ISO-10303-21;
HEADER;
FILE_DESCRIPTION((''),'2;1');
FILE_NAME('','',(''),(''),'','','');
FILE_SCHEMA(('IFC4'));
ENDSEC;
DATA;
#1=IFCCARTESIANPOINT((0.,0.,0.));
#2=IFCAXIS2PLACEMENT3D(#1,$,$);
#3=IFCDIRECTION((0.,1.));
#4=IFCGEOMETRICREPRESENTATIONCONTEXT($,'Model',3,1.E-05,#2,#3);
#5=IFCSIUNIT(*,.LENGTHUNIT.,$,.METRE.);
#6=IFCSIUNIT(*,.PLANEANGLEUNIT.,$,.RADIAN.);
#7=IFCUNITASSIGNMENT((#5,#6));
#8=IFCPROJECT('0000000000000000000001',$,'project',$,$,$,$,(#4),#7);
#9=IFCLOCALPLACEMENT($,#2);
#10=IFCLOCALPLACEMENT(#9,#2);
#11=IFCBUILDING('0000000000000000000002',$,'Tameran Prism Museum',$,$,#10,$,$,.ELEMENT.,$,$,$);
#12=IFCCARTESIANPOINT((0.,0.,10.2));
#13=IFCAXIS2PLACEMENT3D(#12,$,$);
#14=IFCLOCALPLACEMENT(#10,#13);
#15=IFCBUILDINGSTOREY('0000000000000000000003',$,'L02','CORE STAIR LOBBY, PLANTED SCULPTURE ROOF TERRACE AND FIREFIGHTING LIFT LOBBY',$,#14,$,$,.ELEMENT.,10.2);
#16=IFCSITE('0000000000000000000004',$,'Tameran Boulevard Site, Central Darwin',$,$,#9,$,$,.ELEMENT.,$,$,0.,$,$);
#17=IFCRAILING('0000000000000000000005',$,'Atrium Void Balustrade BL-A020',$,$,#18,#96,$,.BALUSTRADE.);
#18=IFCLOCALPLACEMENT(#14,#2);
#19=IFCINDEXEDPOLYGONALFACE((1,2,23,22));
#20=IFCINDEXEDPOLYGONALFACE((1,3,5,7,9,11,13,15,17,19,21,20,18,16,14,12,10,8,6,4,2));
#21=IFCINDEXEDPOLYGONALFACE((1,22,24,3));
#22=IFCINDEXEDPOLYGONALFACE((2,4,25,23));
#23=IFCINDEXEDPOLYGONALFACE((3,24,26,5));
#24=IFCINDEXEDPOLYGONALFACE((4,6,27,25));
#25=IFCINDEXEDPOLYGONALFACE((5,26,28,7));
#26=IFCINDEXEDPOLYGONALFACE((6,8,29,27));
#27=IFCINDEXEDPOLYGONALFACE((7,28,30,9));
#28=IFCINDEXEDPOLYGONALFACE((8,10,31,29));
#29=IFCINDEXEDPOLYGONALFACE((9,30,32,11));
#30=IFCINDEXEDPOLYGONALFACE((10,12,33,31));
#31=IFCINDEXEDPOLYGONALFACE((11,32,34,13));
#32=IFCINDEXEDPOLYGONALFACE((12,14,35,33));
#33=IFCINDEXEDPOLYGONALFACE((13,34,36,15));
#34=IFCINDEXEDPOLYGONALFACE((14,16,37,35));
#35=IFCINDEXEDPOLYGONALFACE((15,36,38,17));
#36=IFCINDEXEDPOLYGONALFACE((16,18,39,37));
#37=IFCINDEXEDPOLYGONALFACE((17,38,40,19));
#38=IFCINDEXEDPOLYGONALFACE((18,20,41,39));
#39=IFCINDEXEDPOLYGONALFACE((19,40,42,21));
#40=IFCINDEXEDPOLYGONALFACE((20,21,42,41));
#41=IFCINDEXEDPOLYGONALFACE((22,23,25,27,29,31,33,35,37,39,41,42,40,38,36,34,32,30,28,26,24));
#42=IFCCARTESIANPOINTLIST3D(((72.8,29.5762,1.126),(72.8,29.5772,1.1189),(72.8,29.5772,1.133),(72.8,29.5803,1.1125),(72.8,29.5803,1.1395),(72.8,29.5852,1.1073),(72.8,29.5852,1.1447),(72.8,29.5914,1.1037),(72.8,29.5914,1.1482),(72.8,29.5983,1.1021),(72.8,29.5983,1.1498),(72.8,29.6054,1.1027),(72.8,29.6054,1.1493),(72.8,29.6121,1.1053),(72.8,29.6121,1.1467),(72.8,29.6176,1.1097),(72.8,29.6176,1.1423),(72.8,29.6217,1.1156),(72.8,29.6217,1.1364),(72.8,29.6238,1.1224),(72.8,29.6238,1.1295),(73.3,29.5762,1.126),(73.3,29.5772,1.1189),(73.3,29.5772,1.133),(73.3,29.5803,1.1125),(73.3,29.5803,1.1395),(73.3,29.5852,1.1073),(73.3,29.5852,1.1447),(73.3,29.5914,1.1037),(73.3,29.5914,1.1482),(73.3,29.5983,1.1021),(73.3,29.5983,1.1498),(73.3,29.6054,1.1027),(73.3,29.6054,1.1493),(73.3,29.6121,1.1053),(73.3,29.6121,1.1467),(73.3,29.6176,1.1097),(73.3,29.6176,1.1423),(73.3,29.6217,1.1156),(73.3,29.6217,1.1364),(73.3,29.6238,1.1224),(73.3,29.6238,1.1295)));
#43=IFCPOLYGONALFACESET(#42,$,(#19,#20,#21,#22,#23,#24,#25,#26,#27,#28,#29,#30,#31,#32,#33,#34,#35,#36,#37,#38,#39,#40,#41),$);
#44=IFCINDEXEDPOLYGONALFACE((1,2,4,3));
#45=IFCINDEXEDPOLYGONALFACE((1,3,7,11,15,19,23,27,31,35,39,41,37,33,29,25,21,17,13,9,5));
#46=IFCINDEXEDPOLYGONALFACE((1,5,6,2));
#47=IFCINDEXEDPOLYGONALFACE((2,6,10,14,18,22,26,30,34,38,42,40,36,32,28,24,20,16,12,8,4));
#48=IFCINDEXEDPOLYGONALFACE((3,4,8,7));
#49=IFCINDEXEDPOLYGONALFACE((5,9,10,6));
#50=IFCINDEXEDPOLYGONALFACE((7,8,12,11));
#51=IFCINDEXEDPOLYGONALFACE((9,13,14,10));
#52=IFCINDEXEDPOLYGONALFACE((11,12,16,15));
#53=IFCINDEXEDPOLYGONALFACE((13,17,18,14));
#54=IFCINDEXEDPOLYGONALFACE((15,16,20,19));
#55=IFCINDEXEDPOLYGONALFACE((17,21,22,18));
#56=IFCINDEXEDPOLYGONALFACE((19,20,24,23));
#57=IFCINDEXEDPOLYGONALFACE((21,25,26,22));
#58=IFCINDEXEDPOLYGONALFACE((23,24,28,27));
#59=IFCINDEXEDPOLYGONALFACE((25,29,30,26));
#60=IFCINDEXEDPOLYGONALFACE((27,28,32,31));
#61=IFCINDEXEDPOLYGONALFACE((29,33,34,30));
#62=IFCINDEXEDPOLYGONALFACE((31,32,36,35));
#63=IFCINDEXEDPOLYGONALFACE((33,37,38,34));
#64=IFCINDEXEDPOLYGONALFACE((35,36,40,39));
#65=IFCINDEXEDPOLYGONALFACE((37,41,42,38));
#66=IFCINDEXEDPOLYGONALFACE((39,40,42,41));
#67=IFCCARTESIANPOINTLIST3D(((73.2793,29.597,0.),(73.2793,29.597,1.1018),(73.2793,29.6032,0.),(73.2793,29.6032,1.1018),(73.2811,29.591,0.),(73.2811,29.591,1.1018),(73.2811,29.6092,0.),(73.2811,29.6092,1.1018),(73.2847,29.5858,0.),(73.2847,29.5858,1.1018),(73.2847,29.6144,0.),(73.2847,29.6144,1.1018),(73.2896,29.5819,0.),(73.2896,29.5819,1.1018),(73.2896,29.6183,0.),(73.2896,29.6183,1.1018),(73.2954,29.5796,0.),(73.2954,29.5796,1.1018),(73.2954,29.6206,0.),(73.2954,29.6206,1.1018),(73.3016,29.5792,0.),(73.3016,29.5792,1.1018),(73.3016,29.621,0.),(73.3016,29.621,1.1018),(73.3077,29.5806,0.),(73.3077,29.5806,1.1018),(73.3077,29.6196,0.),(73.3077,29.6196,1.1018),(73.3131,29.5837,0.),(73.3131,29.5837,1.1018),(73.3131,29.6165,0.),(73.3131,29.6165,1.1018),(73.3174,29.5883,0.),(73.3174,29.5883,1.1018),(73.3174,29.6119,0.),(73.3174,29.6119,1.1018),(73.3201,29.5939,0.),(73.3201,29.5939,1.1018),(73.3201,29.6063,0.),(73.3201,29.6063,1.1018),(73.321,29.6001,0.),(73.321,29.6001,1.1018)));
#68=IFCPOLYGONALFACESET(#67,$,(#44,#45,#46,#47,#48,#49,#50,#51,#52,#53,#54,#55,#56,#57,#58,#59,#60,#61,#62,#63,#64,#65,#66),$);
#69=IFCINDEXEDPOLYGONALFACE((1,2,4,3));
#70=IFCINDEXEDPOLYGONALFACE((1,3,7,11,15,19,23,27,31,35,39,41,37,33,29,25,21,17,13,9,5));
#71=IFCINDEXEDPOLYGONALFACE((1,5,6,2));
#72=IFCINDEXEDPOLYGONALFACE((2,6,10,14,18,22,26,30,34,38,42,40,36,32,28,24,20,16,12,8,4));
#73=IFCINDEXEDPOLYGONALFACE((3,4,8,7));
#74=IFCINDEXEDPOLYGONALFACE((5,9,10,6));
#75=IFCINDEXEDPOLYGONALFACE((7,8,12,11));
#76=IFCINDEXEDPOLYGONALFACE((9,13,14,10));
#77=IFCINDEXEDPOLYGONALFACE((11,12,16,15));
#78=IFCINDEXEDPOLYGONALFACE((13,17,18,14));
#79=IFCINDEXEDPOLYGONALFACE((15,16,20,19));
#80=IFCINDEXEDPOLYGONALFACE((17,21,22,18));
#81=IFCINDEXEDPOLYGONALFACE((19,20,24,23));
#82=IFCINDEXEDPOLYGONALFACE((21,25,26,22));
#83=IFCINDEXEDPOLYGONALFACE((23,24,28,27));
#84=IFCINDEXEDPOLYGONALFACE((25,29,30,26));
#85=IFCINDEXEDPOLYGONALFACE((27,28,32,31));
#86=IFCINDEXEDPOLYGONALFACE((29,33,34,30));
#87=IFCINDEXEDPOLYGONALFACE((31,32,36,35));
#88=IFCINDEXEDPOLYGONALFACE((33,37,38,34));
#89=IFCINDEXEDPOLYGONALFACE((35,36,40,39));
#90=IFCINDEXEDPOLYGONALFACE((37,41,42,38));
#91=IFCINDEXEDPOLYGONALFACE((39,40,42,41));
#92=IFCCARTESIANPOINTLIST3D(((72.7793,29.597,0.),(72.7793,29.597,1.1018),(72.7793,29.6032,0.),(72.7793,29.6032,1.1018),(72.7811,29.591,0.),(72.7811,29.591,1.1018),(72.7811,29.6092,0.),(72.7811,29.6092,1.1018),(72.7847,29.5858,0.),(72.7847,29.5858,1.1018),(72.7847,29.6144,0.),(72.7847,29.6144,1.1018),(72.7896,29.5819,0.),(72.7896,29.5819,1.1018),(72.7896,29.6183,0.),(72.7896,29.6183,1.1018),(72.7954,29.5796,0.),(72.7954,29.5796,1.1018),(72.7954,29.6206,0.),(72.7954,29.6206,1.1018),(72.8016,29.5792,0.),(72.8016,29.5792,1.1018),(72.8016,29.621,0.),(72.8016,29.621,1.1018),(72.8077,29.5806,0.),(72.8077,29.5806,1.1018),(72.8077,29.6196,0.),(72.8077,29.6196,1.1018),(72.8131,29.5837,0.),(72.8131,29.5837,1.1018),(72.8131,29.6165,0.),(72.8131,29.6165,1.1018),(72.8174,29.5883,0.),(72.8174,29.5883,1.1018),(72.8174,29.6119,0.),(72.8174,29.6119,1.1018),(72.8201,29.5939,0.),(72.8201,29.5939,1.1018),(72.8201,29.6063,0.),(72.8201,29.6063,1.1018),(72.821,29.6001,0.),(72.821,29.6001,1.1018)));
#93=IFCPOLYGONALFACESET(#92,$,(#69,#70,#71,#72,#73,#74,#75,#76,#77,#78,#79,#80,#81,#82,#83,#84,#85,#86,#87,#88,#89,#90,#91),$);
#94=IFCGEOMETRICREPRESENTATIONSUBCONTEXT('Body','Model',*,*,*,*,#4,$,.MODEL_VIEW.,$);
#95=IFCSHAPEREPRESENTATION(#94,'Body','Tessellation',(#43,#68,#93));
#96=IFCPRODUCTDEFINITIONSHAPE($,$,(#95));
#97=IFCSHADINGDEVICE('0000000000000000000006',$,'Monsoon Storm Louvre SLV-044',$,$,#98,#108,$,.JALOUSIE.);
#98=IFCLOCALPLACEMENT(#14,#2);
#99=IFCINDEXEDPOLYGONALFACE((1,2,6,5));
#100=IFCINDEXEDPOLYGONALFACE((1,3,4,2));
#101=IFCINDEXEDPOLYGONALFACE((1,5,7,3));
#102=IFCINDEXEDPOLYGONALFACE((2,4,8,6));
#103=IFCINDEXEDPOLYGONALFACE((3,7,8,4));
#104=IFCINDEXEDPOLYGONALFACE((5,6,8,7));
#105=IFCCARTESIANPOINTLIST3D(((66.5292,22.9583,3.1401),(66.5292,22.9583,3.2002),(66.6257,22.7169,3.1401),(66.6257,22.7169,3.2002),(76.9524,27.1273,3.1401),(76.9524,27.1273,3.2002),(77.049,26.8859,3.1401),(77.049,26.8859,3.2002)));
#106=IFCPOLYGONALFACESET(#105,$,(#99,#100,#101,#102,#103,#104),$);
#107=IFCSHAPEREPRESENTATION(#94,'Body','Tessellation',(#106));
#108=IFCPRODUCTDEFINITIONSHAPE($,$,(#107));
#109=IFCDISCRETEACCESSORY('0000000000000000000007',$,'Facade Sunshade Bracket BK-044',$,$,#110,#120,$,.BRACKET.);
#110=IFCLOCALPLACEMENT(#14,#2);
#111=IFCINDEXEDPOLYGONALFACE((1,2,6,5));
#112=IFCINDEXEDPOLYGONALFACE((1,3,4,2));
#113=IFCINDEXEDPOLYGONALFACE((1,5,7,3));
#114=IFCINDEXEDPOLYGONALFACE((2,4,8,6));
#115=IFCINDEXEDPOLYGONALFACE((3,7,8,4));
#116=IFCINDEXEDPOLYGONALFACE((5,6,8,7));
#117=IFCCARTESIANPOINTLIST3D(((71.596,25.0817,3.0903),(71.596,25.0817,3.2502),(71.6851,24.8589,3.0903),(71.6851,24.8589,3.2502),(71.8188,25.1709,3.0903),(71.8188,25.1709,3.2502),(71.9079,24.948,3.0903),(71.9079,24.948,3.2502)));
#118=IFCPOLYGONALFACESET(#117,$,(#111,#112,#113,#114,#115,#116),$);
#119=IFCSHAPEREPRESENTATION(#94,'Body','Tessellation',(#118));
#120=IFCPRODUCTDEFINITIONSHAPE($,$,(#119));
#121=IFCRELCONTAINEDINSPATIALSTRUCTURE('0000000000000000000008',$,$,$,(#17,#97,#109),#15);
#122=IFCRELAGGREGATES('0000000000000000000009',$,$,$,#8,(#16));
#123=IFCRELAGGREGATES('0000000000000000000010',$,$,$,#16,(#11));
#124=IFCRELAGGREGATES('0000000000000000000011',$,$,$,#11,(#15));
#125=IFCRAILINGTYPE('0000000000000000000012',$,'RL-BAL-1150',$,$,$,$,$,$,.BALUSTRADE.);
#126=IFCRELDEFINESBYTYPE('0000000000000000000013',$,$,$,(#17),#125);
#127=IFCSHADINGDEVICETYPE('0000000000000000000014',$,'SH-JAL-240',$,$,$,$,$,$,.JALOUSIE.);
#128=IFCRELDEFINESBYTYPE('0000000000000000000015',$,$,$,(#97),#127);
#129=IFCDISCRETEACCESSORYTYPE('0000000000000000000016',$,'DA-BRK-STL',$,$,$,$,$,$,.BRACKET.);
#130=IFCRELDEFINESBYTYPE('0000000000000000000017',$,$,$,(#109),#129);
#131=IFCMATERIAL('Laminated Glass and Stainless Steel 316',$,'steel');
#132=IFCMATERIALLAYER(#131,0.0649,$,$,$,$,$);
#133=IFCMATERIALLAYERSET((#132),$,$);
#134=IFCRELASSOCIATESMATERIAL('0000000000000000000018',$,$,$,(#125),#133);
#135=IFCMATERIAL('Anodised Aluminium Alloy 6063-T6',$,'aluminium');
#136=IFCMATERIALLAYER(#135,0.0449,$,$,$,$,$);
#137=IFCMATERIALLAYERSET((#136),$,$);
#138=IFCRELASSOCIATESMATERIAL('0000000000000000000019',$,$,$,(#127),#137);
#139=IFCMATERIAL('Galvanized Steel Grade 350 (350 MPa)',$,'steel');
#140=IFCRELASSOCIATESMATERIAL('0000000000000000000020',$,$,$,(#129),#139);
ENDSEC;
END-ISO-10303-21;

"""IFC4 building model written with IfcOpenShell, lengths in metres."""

from ifc_helpers import new_model, si_unit, direction, frame, origin, origin_2d, place, context, subcontext, project, spatial, rectangle, circle, extrude, material, layer, layer_set, type_object, element, save


model = new_model("IFC4")

# Units and contexts
model_context = context("Model", 3, precision=1e-05, world=origin(), true_north=direction((0.0, 1.0)))
body_context = subcontext(model_context, "Body", "Model", "MODEL_VIEW")
ifc_project = project(units=[si_unit("LENGTHUNIT", "METRE"), si_unit("PLANEANGLEUNIT", "RADIAN")], contexts=[model_context])

# Site, building, storey
site_placement = place(None, origin())
site = spatial("IfcSite", under=ifc_project, at=site_placement, Name="Tameran Boulevard Site, Central Darwin", CompositionType="ELEMENT", RefElevation=0.0)
building_placement = place(site_placement, origin())
building = spatial("IfcBuilding", under=site, at=building_placement, Name="Tameran Prism Museum", CompositionType="ELEMENT")
storey_placement = place(building_placement, frame((0.0, 0.0, 10.2)))
storey = spatial("IfcBuildingStorey", under=building, at=storey_placement, Name="L02", Description="CORE STAIR LOBBY, PLANTED SCULPTURE ROOF TERRACE AND FIREFIGHTING LIFT LOBBY", CompositionType="ELEMENT", Elevation=10.2)

# Railing
ifc_material_1 = material(Name="Laminated Glass and Stainless Steel 316", Category="steel")
ifc_layer_1 = layer(ifc_material_1, 0.0649)
ifc_layer_set_1 = layer_set([ifc_layer_1])
railing_type = type_object("IfcRailingType", Name="RL-BAL-1150", PredefinedType="BALUSTRADE", material=ifc_layer_set_1)
railing_1_placement = place(storey_placement, frame((73.3, 29.6001, 0.0)))
element("IfcRailing", 1, at=railing_1_placement, inside=storey, type_object=railing_type, Name="Atrium Void Balustrade BL-A020", PredefinedType="BALUSTRADE", context=body_context, shape_type="SweptSolid", body=[
    extrude(circle(Radius=0.0239, at=origin_2d()), frame((0.0, 0.0, 1.126), z_axis=(-1.0, 0.0, 0.0), x_axis=(0.0, -1.0, 0.0)), (0.0, 0.0, 1.0), 0.5),
    extrude(circle(Radius=0.021, at=origin_2d()), origin(), (0.0, 0.0, 1.0), 1.1018),
    extrude(circle(Radius=0.021, at=origin_2d()), frame((-0.5, 0.0, 0.0)), (0.0, 0.0, 1.0), 1.1018),
])

# Shading device
ifc_material_2 = material(Name="Anodised Aluminium Alloy 6063-T6", Category="aluminium")
ifc_layer_2 = layer(ifc_material_2, 0.0449)
ifc_layer_set_2 = layer_set([ifc_layer_2])
shading_device_type = type_object("IfcShadingDeviceType", Name="SH-JAL-240", PredefinedType="JALOUSIE", material=ifc_layer_set_2)
shading_device_placement = place(storey_placement, frame((71.7891, 24.9221, 3.1401), z_axis=(0.0, 0.0, 1.0), x_axis=(-0.928486, -0.371368, 0.0)))
element("IfcShadingDevice", 2, at=shading_device_placement, inside=storey, type_object=shading_device_type, Name="Monsoon Storm Louvre SLV-044", PredefinedType="JALOUSIE", context=body_context, shape_type="SweptSolid", body=[
    extrude(rectangle(XDim=11.2261, YDim=0.26, at=origin_2d()), origin(), (0.0, 0.0, 1.0), 0.0601),
])

# Discrete accessory
ifc_material_3 = material(Name="Galvanized Steel Grade 350 (350 MPa)", Category="steel")
discrete_accessory_type = type_object("IfcDiscreteAccessoryType", Name="DA-BRK-STL", PredefinedType="BRACKET", material=ifc_material_3)
discrete_accessory_placement = place(storey_placement, frame((71.752, 25.0149, 3.0903), z_axis=(0.0, 0.0, 1.0), x_axis=(-0.928486, -0.371368, 0.0)))
element("IfcDiscreteAccessory", 3, at=discrete_accessory_placement, inside=storey, type_object=discrete_accessory_type, Name="Facade Sunshade Bracket BK-044", PredefinedType="BRACKET", context=body_context, shape_type="SweptSolid", body=[
    extrude(rectangle(XDim=0.24, YDim=0.24, at=origin_2d()), origin(), (0.0, 0.0, 1.0), 0.1599),
])

save(model, "model.ifc")
